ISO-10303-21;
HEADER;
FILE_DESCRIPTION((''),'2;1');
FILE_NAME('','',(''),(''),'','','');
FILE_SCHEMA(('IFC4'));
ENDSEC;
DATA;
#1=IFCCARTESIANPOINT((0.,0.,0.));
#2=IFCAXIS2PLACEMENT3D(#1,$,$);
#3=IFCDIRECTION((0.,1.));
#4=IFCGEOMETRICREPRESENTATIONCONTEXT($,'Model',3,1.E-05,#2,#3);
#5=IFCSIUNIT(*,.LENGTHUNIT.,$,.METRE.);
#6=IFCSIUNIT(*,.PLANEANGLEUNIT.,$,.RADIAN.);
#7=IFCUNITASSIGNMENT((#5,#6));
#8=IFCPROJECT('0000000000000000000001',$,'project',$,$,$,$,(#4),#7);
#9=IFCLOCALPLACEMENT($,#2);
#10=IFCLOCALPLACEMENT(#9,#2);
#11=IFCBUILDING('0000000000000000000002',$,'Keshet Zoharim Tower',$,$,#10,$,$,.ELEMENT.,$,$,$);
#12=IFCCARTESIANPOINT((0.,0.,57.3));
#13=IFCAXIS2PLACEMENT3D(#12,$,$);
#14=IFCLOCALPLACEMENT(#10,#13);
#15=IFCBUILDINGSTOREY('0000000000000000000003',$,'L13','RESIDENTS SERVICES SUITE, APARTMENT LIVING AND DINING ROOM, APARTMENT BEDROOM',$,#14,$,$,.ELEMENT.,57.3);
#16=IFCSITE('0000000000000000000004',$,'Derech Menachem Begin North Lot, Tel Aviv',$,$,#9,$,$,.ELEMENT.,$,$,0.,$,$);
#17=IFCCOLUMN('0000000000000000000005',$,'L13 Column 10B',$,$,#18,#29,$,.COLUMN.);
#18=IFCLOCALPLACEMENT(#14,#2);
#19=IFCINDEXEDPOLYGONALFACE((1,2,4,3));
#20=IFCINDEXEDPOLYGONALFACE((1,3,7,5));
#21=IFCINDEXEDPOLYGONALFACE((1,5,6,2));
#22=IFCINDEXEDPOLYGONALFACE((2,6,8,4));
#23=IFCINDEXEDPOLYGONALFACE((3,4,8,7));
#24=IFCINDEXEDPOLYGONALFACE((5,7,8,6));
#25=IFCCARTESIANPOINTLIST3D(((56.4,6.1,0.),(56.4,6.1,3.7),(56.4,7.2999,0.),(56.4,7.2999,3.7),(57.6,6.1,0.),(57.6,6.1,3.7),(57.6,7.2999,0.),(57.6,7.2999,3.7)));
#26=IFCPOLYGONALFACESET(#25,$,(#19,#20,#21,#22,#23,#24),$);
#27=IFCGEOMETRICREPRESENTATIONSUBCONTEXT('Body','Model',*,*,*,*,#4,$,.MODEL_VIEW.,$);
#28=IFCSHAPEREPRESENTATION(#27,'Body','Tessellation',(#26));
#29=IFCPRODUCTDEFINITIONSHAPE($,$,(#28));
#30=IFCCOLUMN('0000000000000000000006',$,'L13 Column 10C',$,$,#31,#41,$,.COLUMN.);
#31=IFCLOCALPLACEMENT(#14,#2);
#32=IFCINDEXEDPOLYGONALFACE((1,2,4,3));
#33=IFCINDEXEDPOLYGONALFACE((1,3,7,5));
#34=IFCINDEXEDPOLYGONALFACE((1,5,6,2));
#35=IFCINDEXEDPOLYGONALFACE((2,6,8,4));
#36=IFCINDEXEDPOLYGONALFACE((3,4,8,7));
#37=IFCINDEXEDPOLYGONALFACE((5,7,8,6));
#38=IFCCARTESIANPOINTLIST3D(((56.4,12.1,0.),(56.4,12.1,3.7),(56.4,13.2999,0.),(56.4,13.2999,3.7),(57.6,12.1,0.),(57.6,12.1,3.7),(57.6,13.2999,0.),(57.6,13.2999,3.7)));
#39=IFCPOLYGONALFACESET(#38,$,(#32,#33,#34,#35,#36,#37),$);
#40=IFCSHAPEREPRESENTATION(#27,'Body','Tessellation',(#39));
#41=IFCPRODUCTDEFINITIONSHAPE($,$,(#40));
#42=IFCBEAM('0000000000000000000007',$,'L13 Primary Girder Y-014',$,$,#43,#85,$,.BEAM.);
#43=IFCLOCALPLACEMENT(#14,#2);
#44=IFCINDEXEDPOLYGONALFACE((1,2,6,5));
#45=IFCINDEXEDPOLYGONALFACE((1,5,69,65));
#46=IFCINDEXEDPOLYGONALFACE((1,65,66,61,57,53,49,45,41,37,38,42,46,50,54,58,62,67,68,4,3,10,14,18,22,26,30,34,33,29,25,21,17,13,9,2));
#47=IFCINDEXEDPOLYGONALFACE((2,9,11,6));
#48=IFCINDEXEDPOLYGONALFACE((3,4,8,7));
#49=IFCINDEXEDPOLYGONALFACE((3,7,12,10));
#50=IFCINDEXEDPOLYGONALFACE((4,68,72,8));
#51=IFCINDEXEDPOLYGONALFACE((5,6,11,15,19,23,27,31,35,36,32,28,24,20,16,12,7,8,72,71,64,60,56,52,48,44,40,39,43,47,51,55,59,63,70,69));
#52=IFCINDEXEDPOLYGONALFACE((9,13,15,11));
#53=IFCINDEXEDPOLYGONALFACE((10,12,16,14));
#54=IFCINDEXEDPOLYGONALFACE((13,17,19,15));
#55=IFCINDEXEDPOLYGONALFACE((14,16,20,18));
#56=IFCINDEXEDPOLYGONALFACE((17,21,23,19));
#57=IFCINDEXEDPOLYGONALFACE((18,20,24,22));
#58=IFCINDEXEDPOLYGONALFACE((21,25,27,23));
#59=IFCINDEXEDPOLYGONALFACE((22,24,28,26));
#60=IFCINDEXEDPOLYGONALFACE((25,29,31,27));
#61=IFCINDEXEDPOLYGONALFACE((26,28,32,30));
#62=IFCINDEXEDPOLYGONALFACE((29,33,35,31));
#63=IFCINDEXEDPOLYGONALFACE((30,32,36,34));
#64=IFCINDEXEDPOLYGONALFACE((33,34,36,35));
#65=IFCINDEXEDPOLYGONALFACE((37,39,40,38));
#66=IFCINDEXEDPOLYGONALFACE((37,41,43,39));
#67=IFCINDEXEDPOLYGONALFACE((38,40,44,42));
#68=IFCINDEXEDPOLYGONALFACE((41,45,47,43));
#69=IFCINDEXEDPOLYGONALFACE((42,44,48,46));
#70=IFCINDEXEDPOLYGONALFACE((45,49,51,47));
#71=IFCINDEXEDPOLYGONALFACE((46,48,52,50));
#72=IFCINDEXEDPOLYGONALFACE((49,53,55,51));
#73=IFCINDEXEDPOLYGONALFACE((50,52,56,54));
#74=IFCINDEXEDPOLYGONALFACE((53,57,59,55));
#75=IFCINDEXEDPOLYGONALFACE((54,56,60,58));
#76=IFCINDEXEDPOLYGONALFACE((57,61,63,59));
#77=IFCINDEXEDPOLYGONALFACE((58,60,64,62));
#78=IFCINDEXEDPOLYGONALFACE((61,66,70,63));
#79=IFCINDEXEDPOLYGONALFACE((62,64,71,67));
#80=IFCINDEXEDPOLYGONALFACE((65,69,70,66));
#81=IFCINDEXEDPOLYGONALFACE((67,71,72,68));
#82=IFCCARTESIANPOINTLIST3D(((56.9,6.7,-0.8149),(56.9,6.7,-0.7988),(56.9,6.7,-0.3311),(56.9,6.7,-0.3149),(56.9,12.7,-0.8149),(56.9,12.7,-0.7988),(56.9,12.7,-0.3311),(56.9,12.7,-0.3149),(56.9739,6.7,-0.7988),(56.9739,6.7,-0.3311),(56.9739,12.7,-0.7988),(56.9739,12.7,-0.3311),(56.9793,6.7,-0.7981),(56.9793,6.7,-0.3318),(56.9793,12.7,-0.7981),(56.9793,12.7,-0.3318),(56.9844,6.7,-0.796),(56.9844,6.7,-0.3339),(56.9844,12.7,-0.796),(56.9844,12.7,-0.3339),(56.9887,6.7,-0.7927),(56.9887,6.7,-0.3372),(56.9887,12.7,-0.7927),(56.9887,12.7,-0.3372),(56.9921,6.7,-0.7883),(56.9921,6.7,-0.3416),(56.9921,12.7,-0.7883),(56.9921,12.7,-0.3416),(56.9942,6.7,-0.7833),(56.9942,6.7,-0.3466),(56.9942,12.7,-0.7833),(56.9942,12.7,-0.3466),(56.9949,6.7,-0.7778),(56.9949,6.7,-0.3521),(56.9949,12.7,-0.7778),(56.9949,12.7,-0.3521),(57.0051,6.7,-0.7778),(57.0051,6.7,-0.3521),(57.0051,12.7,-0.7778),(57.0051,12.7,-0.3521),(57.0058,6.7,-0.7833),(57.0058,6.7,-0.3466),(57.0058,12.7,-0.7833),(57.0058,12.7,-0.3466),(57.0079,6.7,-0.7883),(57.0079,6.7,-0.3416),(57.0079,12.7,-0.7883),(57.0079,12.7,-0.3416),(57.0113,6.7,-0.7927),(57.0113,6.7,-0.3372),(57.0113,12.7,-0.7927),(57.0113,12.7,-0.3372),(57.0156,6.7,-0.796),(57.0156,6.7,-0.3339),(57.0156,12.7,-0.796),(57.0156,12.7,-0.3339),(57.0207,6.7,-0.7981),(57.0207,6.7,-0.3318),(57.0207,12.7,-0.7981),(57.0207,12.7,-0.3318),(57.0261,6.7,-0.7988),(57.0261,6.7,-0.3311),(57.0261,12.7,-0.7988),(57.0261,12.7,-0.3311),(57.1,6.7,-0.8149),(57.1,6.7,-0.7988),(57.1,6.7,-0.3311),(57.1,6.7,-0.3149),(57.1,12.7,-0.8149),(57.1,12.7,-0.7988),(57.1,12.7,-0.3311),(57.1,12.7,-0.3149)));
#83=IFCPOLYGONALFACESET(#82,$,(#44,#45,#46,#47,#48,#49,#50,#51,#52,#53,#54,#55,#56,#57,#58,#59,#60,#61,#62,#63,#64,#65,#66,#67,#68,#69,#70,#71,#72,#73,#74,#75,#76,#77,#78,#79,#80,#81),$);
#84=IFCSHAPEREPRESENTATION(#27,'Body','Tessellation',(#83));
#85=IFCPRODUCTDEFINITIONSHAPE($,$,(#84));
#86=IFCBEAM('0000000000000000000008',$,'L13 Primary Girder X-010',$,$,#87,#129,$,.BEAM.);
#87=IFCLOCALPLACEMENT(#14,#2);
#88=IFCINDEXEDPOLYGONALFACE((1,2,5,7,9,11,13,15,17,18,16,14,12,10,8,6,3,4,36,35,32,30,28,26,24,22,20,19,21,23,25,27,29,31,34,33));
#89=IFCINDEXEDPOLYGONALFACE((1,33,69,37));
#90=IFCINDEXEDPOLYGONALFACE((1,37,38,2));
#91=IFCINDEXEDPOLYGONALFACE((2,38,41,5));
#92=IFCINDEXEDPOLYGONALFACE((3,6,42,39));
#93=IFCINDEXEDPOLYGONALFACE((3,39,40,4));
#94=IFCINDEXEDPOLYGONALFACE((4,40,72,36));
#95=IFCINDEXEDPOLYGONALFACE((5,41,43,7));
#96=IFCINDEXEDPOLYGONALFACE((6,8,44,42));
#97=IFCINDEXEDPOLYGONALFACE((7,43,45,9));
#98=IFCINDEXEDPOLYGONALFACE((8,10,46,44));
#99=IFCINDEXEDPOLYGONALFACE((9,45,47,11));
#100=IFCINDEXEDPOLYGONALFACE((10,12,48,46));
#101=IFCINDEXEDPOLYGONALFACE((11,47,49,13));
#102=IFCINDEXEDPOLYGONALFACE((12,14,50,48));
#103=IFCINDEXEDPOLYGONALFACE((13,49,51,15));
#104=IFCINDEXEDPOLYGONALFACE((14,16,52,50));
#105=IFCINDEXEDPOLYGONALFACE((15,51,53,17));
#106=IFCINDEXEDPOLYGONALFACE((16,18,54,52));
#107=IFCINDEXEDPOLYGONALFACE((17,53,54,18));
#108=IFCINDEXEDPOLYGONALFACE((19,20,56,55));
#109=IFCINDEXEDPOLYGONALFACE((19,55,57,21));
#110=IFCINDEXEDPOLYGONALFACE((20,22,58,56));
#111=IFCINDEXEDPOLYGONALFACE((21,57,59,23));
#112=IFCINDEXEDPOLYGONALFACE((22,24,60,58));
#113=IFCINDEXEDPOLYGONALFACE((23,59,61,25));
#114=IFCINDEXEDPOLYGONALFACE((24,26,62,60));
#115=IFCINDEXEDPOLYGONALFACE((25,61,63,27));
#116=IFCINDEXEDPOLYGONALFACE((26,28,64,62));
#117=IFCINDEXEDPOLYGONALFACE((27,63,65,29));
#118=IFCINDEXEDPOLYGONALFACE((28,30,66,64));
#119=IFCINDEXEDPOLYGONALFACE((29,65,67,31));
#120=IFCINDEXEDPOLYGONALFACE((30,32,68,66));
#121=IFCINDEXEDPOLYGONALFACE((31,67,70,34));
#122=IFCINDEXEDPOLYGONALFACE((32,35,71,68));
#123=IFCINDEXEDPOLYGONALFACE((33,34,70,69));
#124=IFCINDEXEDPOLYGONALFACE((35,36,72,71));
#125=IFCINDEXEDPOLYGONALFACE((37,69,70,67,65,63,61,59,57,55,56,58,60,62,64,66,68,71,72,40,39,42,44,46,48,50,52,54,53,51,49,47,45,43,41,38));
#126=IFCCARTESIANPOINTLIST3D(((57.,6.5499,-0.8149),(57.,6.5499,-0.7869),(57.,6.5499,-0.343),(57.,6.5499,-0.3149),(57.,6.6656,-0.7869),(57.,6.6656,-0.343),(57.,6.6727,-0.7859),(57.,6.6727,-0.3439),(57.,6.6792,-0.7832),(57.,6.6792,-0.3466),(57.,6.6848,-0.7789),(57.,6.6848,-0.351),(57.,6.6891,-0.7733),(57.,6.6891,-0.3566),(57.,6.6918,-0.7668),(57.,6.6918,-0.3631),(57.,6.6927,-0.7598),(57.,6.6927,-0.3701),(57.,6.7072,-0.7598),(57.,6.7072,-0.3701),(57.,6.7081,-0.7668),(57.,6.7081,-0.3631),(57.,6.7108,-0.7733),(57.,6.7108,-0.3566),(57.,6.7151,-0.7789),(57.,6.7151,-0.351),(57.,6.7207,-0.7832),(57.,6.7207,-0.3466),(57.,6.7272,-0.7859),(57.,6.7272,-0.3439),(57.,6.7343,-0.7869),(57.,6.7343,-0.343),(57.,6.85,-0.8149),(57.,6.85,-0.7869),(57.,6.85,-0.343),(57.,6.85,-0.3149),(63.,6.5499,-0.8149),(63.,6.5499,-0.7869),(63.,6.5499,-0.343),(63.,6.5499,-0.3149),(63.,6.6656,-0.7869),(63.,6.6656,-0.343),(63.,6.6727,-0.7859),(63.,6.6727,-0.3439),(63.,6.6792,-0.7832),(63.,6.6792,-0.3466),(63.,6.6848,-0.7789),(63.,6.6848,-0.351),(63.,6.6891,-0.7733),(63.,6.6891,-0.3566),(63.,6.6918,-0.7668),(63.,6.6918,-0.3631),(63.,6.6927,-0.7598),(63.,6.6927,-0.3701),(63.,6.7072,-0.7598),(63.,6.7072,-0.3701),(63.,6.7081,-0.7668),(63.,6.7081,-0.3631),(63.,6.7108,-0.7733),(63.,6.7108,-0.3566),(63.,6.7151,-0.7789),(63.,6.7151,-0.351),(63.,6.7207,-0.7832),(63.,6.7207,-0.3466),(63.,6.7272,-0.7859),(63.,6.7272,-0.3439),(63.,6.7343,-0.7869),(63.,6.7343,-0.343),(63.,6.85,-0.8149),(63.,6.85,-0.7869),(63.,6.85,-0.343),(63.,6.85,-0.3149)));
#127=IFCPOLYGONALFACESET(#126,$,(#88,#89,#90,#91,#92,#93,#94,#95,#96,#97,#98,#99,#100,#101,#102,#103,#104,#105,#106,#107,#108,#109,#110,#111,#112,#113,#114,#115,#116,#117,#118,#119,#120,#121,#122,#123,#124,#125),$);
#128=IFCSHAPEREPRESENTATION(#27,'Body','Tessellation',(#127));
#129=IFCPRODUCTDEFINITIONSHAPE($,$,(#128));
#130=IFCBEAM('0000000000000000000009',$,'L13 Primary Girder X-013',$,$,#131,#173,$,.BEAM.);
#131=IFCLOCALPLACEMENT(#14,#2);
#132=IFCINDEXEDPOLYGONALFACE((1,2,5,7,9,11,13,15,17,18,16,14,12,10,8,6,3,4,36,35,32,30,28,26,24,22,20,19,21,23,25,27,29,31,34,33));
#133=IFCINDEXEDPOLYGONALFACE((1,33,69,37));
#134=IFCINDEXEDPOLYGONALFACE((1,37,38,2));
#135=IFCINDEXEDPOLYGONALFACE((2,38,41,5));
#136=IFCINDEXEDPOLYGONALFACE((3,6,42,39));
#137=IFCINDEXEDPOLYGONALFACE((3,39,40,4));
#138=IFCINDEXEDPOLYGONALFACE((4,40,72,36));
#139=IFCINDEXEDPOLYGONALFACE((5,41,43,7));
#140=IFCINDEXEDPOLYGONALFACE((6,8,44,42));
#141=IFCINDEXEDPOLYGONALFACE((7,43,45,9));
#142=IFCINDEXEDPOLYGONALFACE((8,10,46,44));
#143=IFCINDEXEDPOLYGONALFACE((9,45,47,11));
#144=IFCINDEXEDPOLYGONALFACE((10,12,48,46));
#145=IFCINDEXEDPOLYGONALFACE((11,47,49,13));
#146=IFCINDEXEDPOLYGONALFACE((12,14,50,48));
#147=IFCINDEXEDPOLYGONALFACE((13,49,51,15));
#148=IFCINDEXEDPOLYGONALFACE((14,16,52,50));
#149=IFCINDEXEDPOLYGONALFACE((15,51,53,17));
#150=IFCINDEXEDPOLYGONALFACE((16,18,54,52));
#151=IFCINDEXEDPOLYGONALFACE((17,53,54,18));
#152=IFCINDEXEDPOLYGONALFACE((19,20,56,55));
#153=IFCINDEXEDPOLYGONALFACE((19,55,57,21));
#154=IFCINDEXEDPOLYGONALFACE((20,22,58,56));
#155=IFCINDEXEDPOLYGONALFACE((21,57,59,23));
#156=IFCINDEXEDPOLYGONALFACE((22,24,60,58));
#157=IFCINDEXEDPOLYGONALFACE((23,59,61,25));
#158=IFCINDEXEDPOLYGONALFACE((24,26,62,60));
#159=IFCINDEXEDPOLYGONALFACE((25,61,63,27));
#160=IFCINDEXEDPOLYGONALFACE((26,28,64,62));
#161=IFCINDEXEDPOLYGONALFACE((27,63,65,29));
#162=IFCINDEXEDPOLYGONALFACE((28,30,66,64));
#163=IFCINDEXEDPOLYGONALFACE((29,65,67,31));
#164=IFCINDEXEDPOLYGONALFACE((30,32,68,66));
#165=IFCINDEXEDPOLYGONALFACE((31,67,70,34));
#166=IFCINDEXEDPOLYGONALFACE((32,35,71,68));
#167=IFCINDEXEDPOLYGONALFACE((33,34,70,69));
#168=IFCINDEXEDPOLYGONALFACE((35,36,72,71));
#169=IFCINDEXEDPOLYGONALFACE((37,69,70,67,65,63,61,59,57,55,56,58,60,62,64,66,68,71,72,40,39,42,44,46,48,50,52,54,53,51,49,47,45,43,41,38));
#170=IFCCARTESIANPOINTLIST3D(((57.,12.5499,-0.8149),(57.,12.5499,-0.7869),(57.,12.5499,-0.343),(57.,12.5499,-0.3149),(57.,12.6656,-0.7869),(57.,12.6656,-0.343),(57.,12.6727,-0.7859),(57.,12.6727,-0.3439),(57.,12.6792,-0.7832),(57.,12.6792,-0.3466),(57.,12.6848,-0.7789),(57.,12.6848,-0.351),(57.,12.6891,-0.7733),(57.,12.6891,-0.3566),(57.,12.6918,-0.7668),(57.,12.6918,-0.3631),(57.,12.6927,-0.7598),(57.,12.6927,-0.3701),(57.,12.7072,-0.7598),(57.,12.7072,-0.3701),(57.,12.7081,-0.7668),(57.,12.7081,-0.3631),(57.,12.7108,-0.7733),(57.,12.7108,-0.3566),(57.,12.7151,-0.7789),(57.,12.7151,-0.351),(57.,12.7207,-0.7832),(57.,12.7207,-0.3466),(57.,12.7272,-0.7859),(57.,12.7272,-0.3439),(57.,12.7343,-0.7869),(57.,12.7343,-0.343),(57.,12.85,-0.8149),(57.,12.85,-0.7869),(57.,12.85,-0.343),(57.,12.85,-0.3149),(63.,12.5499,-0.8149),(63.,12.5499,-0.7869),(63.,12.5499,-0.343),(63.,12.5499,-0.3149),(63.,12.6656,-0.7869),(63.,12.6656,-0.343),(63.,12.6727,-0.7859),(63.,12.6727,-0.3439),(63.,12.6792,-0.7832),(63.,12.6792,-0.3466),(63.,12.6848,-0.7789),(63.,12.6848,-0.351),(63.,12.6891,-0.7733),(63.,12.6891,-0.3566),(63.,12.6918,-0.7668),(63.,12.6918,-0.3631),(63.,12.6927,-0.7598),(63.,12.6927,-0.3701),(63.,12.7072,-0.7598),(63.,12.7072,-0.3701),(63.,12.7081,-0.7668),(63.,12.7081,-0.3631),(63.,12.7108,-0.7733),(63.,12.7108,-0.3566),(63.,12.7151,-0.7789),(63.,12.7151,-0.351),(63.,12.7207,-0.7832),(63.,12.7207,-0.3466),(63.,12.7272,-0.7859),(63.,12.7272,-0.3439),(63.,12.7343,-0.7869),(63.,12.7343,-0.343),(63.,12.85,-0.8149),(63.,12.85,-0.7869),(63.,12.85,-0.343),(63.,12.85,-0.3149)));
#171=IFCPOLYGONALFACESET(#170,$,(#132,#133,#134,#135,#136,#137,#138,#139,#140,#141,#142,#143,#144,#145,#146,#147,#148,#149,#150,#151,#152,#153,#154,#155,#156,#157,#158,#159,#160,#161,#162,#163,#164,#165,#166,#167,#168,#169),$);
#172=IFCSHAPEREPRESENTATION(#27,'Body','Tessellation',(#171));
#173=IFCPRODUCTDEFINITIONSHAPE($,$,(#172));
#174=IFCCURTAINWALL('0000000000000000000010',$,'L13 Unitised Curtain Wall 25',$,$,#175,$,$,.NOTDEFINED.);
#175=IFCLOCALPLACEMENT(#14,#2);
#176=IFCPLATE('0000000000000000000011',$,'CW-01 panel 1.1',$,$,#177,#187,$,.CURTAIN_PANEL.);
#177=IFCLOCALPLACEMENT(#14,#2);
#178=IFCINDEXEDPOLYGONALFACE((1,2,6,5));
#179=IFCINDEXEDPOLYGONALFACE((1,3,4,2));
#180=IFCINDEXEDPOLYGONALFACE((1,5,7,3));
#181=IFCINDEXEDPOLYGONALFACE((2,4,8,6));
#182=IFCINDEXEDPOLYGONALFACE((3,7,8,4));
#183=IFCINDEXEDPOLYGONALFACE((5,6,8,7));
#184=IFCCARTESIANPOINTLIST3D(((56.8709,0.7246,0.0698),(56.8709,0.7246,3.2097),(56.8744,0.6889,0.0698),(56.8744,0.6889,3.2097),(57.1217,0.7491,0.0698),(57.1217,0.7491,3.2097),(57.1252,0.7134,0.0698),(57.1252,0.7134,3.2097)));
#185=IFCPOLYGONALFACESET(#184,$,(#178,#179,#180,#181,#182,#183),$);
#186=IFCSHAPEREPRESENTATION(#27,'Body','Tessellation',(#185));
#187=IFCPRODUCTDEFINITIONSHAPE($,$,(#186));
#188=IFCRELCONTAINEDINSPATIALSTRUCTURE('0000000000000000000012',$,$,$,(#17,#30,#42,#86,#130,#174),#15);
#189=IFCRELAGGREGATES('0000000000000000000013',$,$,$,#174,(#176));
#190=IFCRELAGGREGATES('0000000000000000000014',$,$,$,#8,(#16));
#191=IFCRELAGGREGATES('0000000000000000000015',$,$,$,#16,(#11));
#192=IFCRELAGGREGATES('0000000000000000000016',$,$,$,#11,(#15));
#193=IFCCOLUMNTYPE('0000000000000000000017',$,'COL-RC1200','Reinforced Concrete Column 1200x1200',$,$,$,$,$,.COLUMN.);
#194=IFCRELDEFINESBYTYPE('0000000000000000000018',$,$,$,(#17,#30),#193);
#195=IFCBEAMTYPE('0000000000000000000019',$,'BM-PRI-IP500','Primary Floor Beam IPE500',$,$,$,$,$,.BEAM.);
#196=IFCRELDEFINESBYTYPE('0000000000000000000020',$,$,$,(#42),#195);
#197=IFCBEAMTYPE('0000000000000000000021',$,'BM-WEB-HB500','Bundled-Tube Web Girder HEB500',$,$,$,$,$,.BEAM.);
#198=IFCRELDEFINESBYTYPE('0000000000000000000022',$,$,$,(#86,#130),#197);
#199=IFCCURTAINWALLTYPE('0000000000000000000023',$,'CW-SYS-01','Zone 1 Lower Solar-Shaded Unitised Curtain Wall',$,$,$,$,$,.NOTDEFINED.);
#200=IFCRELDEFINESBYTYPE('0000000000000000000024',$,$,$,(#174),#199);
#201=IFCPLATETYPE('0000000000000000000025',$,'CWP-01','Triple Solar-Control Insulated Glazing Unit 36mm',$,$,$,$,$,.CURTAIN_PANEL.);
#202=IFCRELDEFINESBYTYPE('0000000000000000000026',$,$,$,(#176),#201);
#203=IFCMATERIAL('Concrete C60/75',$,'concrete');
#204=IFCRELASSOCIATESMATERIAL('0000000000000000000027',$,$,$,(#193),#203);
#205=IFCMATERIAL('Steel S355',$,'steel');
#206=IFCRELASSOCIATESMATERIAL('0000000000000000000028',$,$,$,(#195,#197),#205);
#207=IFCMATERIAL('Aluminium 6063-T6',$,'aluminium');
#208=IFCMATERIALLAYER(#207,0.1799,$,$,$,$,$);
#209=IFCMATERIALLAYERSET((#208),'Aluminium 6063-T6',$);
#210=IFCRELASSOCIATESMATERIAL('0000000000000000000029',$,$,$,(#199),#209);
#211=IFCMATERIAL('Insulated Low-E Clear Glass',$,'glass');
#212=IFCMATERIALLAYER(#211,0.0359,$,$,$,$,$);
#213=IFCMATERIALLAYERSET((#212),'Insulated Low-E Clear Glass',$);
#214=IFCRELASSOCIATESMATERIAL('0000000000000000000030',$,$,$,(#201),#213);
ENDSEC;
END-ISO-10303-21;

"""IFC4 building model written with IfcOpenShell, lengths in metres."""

from ifc_helpers import new_model, si_unit, direction, frame, origin, origin_2d, place, context, subcontext, project, spatial, rectangle, i_section, extrude, material, layer, layer_set, material_profile, profile_set, type_object, element, aggregate, save


model = new_model("IFC4")

# Units and contexts
model_context = context("Model", 3, precision=1e-05, world=origin(), true_north=direction((0.0, 1.0)))
body_context = subcontext(model_context, "Body", "Model", "MODEL_VIEW")
ifc_project = project(units=[si_unit("LENGTHUNIT", "METRE"), si_unit("PLANEANGLEUNIT", "RADIAN")], contexts=[model_context])

# Site, building, storey
site_placement = place(None, origin())
site = spatial("IfcSite", under=ifc_project, at=site_placement, Name="Derech Menachem Begin North Lot, Tel Aviv", CompositionType="ELEMENT", RefElevation=0.0)
building_placement = place(site_placement, origin())
building = spatial("IfcBuilding", under=site, at=building_placement, Name="Keshet Zoharim Tower", CompositionType="ELEMENT")
storey_placement = place(building_placement, frame((0.0, 0.0, 57.3)))
storey = spatial("IfcBuildingStorey", under=building, at=storey_placement, Name="L13", Description="RESIDENTS SERVICES SUITE, APARTMENT LIVING AND DINING ROOM, APARTMENT BEDROOM", CompositionType="ELEMENT", Elevation=57.3)

# Columns
ifc_material_1 = material(Name="Concrete C60/75", Category="concrete")
ifc_material_profile_1 = material_profile(ifc_material_1, rectangle(XDim=1.2, YDim=1.2, at=origin_2d()), Name="RC1200x1200")
ifc_profile_set_1 = profile_set([ifc_material_profile_1], Name="Concrete C60/75")
column_type = type_object("IfcColumnType", Name="COL-RC1200", Description="Reinforced Concrete Column 1200x1200", PredefinedType="COLUMN", material=ifc_profile_set_1)
for number, where, z_axis, x_axis, name in (
    (1, (57.0, 6.7, 0.0), (0.0, 0.0, 1.0), (1.0, 0.0, 0.0), "L13 Column 10B"),
    (2, (57.0, 12.7, 0.0), (0.0, 0.0, 1.0), (1.0, 0.0, 0.0), "L13 Column 10C"),
):
    element("IfcColumn", number, at=place(storey_placement, frame(where, z_axis=z_axis, x_axis=x_axis)), inside=storey, type_object=column_type, Name=name, PredefinedType="COLUMN", context=body_context, shape_type="SweptSolid", body=[
        extrude(rectangle(XDim=1.2, YDim=1.2, at=origin_2d()), origin(), (0.0, 0.0, 1.0), 3.7),
    ])

# Beams
ifc_material_2 = material(Name="Steel S355", Category="steel")
ifc_material_profile_2 = material_profile(ifc_material_2, i_section(OverallWidth=0.2, OverallDepth=0.5, WebThickness=0.0103, FlangeThickness=0.0161, FilletRadius=0.021, at=origin_2d()), Name="IPE500")
ifc_profile_set_2 = profile_set([ifc_material_profile_2], Name="Steel S355")
beam_type_1 = type_object("IfcBeamType", Name="BM-PRI-IP500", Description="Primary Floor Beam IPE500", PredefinedType="BEAM", material=ifc_profile_set_2)
beam_placement = place(storey_placement, frame((57.0, 6.7, -0.5649), z_axis=(0.0, 1.0, 0.0), x_axis=(-1.0, 0.0, 0.0)))
element("IfcBeam", 3, at=beam_placement, inside=storey, type_object=beam_type_1, Name="L13 Primary Girder Y-014", PredefinedType="BEAM", context=body_context, shape_type="SweptSolid", body=[
    extrude(i_section(OverallWidth=0.2, OverallDepth=0.5, WebThickness=0.0103, FlangeThickness=0.0161, FilletRadius=0.021, at=origin_2d()), origin(), (0.0, 0.0, 1.0), 6.0),
])
ifc_material_profile_3 = material_profile(ifc_material_2, i_section(OverallWidth=0.3, OverallDepth=0.5, WebThickness=0.0144, FlangeThickness=0.0281, FilletRadius=0.0271, at=origin_2d()), Name="HEB500")
ifc_profile_set_3 = profile_set([ifc_material_profile_3], Name="Steel S355")
beam_type_2 = type_object("IfcBeamType", Name="BM-WEB-HB500", Description="Bundled-Tube Web Girder HEB500", PredefinedType="BEAM", material=ifc_profile_set_3)
for number, where, z_axis, x_axis, name in (
    (4, (57.0, 6.7, -0.5649), (1.0, 0.0, 0.0), (0.0, 1.0, 0.0), "L13 Primary Girder X-010"),
    (5, (57.0, 12.7, -0.5649), (1.0, 0.0, 0.0), (0.0, 1.0, 0.0), "L13 Primary Girder X-013"),
):
    element("IfcBeam", number, at=place(storey_placement, frame(where, z_axis=z_axis, x_axis=x_axis)), inside=storey, type_object=beam_type_2, Name=name, PredefinedType="BEAM", context=body_context, shape_type="SweptSolid", body=[
        extrude(i_section(OverallWidth=0.3, OverallDepth=0.5, WebThickness=0.0144, FlangeThickness=0.0281, FilletRadius=0.0271, at=origin_2d()), origin(), (0.0, 0.0, 1.0), 6.0),
    ])

# Curtain wall, plate
ifc_material_3 = material(Name="Aluminium 6063-T6", Category="aluminium")
ifc_layer_1 = layer(ifc_material_3, 0.1799)
ifc_layer_set_1 = layer_set([ifc_layer_1], Name="Aluminium 6063-T6")
curtain_wall_type = type_object("IfcCurtainWallType", Name="CW-SYS-01", Description="Zone 1 Lower Solar-Shaded Unitised Curtain Wall", PredefinedType="NOTDEFINED", material=ifc_layer_set_1)
curtain_wall_placement = place(storey_placement, origin())
curtain_wall = element("IfcCurtainWall", 6, at=curtain_wall_placement, inside=storey, type_object=curtain_wall_type, Name="L13 Unitised Curtain Wall 25", PredefinedType="NOTDEFINED")
ifc_material_4 = material(Name="Insulated Low-E Clear Glass", Category="glass")
ifc_layer_2 = layer(ifc_material_4, 0.0359)
ifc_layer_set_2 = layer_set([ifc_layer_2], Name="Insulated Low-E Clear Glass")
plate_type = type_object("IfcPlateType", Name="CWP-01", Description="Triple Solar-Control Insulated Glazing Unit 36mm", PredefinedType="CURTAIN_PANEL", material=ifc_layer_set_2)
plate_placement = place(storey_placement, frame((56.998, 0.719, 0.0698), z_axis=(0.0, 0.0, 1.0), x_axis=(-0.995287, -0.096977, 0.0)))
plate = element("IfcPlate", 7, at=plate_placement, type_object=plate_type, Name="CW-01 panel 1.1", PredefinedType="CURTAIN_PANEL", context=body_context, shape_type="SweptSolid", body=[
    extrude(rectangle(XDim=0.252, YDim=0.0359, at=origin_2d()), origin(), (0.0, 0.0, 1.0), 3.1399),
])
aggregate(curtain_wall, [plate])

save(model, "model.ifc")
